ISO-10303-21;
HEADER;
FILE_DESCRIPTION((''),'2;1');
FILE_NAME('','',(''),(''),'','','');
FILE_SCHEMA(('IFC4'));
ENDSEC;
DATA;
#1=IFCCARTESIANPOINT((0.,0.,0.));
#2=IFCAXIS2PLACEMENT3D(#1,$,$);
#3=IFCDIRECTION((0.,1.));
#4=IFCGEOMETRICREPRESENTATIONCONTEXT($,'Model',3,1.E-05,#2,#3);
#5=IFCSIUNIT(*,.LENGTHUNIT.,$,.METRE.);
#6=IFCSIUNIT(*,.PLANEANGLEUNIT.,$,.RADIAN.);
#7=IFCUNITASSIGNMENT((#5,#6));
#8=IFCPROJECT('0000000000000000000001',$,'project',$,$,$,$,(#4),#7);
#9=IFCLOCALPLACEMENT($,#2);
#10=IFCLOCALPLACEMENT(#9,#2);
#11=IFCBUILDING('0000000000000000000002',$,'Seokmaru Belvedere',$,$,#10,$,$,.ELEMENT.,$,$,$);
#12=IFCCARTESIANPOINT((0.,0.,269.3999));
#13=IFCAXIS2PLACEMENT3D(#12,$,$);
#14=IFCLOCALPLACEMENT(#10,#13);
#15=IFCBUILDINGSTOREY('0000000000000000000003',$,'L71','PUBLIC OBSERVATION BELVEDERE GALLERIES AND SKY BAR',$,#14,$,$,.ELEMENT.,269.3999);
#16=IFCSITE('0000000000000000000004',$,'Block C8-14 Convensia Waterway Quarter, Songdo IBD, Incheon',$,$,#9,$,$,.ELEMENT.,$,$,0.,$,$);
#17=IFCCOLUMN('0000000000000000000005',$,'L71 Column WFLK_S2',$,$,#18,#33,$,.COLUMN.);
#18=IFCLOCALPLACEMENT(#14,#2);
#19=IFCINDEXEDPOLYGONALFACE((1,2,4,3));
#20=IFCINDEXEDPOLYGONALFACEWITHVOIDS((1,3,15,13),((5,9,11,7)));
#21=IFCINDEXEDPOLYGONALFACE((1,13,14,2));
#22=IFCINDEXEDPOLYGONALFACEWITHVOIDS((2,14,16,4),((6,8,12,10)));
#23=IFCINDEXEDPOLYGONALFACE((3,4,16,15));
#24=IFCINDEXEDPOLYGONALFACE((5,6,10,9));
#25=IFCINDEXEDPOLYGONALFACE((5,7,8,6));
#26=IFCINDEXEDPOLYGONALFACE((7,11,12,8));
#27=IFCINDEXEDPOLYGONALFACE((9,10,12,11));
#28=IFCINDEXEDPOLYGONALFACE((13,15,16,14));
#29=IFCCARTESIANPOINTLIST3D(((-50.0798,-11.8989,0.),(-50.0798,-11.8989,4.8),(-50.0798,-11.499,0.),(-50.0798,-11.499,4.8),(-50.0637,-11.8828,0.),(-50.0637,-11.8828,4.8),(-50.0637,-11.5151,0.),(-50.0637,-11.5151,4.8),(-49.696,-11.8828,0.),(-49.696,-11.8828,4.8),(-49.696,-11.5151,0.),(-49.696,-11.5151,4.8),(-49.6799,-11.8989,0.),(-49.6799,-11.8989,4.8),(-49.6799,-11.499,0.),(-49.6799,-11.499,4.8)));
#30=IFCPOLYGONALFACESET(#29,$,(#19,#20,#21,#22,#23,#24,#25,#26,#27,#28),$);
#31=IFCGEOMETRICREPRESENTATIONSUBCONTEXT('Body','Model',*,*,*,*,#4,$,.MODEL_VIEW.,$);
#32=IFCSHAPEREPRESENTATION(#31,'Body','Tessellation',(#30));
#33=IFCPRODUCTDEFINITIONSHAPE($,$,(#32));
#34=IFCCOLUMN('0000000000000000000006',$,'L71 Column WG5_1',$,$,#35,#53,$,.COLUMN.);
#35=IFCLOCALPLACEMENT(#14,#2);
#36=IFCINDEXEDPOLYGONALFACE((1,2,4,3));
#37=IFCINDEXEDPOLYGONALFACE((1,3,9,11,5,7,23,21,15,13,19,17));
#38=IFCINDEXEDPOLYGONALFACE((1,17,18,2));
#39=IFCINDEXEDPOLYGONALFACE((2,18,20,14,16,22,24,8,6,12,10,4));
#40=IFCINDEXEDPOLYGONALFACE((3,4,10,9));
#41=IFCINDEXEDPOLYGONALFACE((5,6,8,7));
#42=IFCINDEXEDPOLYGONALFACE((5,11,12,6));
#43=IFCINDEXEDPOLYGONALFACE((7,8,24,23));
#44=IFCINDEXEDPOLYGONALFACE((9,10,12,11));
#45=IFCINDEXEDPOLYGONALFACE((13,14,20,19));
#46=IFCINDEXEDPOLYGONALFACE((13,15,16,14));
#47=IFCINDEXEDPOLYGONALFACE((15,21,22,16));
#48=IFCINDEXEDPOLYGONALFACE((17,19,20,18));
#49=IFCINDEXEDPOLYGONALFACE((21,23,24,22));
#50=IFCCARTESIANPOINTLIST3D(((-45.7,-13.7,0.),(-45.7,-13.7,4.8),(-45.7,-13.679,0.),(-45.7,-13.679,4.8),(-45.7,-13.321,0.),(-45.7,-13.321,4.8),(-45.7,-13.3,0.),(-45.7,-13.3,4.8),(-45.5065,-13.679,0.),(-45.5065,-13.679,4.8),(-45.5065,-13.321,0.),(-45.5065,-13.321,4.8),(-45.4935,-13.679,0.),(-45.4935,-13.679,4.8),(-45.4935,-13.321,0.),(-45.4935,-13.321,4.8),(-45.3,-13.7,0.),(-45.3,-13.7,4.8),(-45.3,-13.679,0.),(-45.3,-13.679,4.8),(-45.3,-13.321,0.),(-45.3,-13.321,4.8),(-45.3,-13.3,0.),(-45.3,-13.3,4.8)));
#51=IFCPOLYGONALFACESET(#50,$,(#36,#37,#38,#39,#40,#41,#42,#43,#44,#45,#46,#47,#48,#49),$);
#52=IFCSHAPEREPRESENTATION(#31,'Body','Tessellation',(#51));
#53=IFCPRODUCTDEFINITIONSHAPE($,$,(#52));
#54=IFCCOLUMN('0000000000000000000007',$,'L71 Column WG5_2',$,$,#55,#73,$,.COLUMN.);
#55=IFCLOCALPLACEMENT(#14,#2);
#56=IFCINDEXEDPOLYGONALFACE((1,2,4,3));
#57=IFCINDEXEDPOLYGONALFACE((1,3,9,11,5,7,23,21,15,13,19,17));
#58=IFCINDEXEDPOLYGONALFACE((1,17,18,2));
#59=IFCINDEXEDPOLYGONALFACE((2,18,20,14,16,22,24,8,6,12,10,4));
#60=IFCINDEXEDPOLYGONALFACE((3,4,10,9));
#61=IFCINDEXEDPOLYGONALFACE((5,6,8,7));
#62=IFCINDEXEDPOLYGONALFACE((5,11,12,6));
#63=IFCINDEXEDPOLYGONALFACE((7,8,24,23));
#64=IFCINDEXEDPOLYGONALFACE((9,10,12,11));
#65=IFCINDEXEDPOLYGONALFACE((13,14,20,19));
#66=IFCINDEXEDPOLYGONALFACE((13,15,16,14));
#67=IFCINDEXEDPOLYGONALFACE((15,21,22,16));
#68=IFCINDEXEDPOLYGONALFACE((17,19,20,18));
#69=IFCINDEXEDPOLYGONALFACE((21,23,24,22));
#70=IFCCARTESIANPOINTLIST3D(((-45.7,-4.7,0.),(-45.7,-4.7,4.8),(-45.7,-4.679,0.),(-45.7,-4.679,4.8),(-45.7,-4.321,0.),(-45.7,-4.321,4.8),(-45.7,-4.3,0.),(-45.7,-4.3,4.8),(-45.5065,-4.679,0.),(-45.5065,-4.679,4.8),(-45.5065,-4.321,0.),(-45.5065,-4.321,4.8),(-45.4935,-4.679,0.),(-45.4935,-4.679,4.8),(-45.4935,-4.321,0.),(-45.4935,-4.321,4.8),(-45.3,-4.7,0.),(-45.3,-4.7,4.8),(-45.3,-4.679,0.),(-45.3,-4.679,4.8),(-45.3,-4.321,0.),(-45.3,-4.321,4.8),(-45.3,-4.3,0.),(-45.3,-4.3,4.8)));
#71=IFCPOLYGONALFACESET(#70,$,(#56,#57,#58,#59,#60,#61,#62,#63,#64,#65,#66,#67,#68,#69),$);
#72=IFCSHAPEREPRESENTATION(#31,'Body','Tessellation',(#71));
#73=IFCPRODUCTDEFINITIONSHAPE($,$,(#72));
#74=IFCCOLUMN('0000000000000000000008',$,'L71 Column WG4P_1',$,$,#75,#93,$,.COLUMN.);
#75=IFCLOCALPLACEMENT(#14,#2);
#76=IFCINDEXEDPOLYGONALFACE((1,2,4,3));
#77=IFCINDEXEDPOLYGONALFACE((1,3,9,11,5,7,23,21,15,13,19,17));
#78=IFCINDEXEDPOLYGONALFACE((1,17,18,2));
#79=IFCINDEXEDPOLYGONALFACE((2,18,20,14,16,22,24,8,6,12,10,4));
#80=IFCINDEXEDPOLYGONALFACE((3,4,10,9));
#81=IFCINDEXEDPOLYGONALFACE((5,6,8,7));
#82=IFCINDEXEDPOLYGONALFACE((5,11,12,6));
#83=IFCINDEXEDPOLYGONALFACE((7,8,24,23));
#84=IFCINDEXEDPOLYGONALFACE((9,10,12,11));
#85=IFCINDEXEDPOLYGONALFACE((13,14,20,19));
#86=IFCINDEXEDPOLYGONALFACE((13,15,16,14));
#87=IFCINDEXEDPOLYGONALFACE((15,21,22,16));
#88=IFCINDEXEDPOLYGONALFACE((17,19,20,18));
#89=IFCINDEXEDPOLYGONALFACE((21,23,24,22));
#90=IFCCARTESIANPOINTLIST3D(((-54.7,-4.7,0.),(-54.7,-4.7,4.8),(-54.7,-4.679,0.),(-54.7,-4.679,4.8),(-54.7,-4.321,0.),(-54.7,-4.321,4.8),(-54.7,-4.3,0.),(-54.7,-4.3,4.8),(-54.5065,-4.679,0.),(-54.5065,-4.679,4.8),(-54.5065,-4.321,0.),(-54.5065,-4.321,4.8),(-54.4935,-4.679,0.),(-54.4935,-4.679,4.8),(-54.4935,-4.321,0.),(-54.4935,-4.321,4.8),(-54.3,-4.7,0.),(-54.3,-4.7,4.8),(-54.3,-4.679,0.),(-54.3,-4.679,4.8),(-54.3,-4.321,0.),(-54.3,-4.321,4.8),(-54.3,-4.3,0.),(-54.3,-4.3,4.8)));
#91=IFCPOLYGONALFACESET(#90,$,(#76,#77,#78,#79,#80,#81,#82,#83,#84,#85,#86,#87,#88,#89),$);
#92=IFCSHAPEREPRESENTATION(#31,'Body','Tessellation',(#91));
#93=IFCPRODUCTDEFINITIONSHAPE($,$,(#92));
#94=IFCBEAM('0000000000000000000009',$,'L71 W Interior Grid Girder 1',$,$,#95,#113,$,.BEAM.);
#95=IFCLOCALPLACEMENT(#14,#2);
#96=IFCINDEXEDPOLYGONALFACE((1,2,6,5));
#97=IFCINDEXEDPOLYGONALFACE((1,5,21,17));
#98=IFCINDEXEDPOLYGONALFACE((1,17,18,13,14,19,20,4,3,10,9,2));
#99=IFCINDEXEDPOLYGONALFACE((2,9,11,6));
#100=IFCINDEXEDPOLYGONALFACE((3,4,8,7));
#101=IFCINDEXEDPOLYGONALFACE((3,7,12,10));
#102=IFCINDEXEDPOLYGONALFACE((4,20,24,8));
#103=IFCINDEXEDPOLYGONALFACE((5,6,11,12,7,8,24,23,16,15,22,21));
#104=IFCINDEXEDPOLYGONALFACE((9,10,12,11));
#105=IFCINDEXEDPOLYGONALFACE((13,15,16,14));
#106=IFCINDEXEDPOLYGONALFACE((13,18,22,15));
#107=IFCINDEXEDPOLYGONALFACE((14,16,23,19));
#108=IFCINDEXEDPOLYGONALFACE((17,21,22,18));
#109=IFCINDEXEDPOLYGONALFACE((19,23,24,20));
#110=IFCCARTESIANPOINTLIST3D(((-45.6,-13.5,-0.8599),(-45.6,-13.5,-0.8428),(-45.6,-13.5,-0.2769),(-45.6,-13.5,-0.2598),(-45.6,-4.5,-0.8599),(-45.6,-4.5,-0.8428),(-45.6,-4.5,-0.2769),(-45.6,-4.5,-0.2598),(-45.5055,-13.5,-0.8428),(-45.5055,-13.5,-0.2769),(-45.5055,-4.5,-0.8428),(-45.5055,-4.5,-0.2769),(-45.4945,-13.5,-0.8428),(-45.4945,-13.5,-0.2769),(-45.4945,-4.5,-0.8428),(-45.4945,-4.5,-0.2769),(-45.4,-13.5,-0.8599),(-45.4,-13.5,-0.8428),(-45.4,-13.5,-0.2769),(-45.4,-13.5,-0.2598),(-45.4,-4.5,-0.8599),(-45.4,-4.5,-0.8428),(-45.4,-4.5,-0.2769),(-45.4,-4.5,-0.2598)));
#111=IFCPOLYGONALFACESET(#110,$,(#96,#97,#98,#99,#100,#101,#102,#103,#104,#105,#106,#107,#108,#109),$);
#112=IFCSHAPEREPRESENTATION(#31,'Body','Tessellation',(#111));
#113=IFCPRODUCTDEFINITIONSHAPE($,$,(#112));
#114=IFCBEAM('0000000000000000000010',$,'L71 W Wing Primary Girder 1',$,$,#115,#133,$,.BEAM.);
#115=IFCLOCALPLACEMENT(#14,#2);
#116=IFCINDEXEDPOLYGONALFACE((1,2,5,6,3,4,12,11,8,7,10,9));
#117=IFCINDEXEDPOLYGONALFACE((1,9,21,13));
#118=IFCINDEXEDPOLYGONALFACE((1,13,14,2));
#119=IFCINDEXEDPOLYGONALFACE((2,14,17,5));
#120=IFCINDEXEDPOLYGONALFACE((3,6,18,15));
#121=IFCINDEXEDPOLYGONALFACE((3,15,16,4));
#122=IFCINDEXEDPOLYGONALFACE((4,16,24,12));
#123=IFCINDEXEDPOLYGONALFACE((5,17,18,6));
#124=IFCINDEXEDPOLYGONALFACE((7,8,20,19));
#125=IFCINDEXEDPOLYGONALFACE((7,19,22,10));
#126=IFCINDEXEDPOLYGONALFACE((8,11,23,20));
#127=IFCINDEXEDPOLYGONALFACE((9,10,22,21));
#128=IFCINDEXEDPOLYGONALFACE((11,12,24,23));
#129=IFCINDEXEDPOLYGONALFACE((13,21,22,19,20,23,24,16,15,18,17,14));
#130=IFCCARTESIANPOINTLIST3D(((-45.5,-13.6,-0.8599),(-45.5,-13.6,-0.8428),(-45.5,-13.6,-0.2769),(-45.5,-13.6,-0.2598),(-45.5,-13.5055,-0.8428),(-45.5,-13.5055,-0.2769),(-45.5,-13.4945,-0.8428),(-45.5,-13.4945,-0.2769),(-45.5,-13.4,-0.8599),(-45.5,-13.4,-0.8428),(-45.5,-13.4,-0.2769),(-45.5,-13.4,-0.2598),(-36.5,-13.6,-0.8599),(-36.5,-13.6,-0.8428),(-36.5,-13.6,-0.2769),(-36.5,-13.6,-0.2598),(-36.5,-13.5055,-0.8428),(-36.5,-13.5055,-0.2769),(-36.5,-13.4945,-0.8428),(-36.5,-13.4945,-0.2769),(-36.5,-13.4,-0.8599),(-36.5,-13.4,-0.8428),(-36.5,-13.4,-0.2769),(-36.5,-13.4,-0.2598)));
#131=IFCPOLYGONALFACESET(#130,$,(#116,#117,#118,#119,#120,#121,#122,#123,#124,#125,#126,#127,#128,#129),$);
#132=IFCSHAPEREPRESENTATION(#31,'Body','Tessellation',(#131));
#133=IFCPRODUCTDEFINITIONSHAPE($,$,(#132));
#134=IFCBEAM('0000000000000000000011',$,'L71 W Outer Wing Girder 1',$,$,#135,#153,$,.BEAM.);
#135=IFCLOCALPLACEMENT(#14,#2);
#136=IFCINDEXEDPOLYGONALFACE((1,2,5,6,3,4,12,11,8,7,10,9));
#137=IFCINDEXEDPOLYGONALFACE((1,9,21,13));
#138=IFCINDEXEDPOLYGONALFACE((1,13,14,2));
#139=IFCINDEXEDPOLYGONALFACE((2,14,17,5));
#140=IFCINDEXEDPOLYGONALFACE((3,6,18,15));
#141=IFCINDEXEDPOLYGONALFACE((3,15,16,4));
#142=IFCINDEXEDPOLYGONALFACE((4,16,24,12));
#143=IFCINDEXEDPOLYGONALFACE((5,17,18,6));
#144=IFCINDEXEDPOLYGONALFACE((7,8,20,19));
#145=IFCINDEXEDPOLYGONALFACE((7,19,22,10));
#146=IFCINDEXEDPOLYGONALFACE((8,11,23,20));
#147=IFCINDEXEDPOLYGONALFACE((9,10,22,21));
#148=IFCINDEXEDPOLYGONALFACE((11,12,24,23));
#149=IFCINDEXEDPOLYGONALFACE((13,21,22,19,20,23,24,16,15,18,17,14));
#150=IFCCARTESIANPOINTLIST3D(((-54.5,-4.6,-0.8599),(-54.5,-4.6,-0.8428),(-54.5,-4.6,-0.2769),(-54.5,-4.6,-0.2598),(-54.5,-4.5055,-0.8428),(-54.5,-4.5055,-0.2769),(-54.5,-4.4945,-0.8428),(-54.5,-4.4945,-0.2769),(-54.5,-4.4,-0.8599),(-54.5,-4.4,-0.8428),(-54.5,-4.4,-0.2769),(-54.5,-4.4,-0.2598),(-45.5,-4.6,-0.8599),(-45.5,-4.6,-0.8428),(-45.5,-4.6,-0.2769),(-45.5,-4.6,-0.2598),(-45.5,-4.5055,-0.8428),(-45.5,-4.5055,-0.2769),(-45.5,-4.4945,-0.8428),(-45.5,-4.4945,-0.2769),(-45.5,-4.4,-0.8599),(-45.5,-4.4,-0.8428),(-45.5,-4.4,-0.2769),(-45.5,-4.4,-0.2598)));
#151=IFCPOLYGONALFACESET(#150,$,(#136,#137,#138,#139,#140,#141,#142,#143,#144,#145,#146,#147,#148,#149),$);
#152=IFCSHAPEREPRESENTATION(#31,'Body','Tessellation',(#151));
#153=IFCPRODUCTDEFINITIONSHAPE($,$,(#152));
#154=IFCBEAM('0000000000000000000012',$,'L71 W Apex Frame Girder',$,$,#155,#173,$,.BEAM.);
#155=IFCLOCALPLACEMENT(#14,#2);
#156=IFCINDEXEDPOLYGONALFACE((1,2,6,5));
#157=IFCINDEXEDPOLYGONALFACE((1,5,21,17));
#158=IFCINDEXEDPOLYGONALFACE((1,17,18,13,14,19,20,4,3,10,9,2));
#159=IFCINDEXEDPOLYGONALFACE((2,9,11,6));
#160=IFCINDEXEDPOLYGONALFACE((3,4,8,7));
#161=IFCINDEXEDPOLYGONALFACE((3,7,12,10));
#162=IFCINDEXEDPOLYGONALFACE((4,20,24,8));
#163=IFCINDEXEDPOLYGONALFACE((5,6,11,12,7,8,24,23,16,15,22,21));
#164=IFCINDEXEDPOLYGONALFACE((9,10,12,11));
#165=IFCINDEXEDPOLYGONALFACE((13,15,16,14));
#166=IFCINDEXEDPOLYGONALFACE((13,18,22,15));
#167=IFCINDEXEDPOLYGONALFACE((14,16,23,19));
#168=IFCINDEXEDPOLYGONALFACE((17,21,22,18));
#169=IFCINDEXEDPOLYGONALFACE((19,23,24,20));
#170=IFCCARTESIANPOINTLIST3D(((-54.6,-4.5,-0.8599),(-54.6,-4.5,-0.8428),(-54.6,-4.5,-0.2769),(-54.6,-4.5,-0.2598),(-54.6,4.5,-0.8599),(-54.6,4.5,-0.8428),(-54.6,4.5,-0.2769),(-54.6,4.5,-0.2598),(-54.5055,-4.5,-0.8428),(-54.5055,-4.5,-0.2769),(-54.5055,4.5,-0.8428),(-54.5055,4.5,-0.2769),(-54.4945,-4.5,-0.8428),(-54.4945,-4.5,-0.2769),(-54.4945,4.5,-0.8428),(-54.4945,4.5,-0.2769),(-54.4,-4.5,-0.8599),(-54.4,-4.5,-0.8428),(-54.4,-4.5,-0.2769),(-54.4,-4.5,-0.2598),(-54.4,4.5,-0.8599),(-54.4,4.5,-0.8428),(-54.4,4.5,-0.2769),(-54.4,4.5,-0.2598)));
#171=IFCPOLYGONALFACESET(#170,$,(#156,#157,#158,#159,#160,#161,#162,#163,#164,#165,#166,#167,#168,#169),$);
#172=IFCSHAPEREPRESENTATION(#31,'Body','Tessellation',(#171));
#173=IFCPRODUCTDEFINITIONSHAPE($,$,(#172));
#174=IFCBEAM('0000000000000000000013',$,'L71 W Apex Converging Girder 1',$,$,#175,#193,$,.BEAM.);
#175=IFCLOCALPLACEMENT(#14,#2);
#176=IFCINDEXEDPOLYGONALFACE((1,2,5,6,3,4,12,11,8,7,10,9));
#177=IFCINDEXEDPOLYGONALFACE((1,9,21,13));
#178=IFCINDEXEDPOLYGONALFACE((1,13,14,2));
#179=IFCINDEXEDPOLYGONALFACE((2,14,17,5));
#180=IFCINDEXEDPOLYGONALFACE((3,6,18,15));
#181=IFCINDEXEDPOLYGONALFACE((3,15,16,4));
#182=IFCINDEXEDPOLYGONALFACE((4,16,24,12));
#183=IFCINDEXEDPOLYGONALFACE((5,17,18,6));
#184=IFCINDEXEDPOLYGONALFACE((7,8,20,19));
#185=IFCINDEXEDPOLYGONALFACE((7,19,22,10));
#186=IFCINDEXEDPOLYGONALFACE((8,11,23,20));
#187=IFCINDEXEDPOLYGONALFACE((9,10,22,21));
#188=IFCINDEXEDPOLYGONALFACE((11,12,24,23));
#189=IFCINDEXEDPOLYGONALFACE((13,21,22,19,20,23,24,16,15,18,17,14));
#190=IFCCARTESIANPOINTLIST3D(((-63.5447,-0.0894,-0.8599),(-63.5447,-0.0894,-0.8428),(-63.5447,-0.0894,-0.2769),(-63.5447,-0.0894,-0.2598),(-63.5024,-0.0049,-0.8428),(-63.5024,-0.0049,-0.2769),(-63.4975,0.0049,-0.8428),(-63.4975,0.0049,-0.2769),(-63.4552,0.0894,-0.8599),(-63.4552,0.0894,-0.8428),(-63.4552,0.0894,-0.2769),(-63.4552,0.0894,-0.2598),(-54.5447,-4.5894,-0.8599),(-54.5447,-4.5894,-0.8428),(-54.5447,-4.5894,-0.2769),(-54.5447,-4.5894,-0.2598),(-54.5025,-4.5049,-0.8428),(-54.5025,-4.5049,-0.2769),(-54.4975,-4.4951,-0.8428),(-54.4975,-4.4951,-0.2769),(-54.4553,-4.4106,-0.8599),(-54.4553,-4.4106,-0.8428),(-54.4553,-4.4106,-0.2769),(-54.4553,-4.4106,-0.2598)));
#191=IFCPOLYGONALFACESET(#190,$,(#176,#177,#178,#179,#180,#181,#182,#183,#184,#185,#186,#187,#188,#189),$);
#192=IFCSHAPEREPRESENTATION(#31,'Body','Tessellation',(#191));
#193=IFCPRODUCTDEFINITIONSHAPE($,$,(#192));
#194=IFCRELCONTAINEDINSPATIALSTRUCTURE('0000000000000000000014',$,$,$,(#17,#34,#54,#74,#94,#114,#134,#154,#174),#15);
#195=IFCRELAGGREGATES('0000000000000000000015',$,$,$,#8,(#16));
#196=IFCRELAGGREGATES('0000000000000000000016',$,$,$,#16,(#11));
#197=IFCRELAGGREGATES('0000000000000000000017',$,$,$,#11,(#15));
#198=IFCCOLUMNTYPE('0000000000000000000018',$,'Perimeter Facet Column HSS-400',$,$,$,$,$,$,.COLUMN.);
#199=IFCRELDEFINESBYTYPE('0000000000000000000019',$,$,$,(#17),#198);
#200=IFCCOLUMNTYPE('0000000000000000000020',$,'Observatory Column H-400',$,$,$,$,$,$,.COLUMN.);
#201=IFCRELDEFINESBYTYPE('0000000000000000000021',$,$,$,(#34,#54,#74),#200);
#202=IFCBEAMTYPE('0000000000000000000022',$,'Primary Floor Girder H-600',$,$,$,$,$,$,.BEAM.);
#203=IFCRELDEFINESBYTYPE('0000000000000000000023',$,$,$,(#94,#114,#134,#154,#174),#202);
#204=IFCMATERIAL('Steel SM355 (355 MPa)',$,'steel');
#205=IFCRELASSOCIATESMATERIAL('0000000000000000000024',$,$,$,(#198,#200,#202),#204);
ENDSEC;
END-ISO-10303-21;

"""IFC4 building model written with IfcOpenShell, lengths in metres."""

from ifc_helpers import new_model, si_unit, direction, frame, origin, origin_2d, place, context, subcontext, project, spatial, hollow_rectangle, i_section, extrude, source, transform, mapped, material, material_profile, profile_set, type_object, type_shapes, element, save


model = new_model("IFC4")

# Units and contexts
model_context = context("Model", 3, precision=1e-05, world=origin(), true_north=direction((0.0, 1.0)))
body_context = subcontext(model_context, "Body", "Model", "MODEL_VIEW")
ifc_project = project(units=[si_unit("LENGTHUNIT", "METRE"), si_unit("PLANEANGLEUNIT", "RADIAN")], contexts=[model_context])

# Site, building, storey
site_placement = place(None, origin())
site = spatial("IfcSite", under=ifc_project, at=site_placement, Name="Block C8-14 Convensia Waterway Quarter, Songdo IBD, Incheon", CompositionType="ELEMENT", RefElevation=0.0)
building_placement = place(site_placement, origin())
building = spatial("IfcBuilding", under=site, at=building_placement, Name="Seokmaru Belvedere", CompositionType="ELEMENT")
storey_placement = place(building_placement, frame((0.0, 0.0, 269.3999)))
storey = spatial("IfcBuildingStorey", under=building, at=storey_placement, Name="L71", Description="PUBLIC OBSERVATION BELVEDERE GALLERIES AND SKY BAR", CompositionType="ELEMENT", Elevation=269.3999)

# Columns
ifc_material_1 = material(Name="Steel SM355 (355 MPa)", Category="steel")
ifc_material_profile_1 = material_profile(ifc_material_1, hollow_rectangle(XDim=0.3999, YDim=0.3999, WallThickness=0.0161, at=origin_2d()), Name="HSS-400x400x16")
ifc_profile_set_1 = profile_set([ifc_material_profile_1], Name="Steel SM355 (355 MPa)")
column_type_1 = type_object("IfcColumnType", Name="Perimeter Facet Column HSS-400", PredefinedType="COLUMN", material=ifc_profile_set_1)
shared_shape_1 = source(origin(), body_context, "Body", "SweptSolid", [
    extrude(hollow_rectangle(XDim=0.3999, YDim=0.3999, WallThickness=0.0161, at=origin_2d()), origin(), (0.0, 0.0, 1.0), 4.8),
])
type_shapes(column_type_1, [shared_shape_1])
column_placement = place(storey_placement, frame((-49.8799, -11.699, 0.0), z_axis=(0.0, 0.0, 1.0), x_axis=(1.0, 0.0, 0.0)))
element("IfcColumn", 1, at=column_placement, inside=storey, type_object=column_type_1, Name="L71 Column WFLK_S2", PredefinedType="COLUMN", context=body_context, shape_type="MappedRepresentation", body=[
    mapped(shared_shape_1, transform((0.0, 0.0, 0.0), scale=1.0)),
])
ifc_material_profile_2 = material_profile(ifc_material_1, i_section(OverallWidth=0.3999, OverallDepth=0.3999, WebThickness=0.0129, FlangeThickness=0.021, at=origin_2d()), Name="H-400x400x13x21")
ifc_profile_set_2 = profile_set([ifc_material_profile_2], Name="Steel SM355 (355 MPa)")
column_type_2 = type_object("IfcColumnType", Name="Observatory Column H-400", PredefinedType="COLUMN", material=ifc_profile_set_2)
shared_shape_2 = source(origin(), body_context, "Body", "SweptSolid", [
    extrude(i_section(OverallWidth=0.3999, OverallDepth=0.3999, WebThickness=0.0129, FlangeThickness=0.021, at=origin_2d()), origin(), (0.0, 0.0, 1.0), 4.8),
])
type_shapes(column_type_2, [shared_shape_2])
for number, where, z_axis, x_axis, name in (
    (2, (-45.5, -13.5, 0.0), (0.0, 0.0, 1.0), (1.0, 0.0, 0.0), "L71 Column WG5_1"),
    (3, (-45.5, -4.5, 0.0), (0.0, 0.0, 1.0), (1.0, 0.0, 0.0), "L71 Column WG5_2"),
    (4, (-54.5, -4.5, 0.0), (0.0, 0.0, 1.0), (1.0, 0.0, 0.0), "L71 Column WG4P_1"),
):
    element("IfcColumn", number, at=place(storey_placement, frame(where, z_axis=z_axis, x_axis=x_axis)), inside=storey, type_object=column_type_2, Name=name, PredefinedType="COLUMN", context=body_context, shape_type="MappedRepresentation", body=[
        mapped(shared_shape_2, transform((0.0, 0.0, 0.0), scale=1.0)),
    ])

# Beams
ifc_material_profile_3 = material_profile(ifc_material_1, i_section(OverallWidth=0.2, OverallDepth=0.6001, WebThickness=0.011, FlangeThickness=0.0171, at=origin_2d()), Name="H-600x200x11x17")
ifc_profile_set_3 = profile_set([ifc_material_profile_3], Name="Steel SM355 (355 MPa)")
beam_type_1 = type_object("IfcBeamType", Name="Primary Floor Girder H-600", PredefinedType="BEAM", material=ifc_profile_set_3)
shared_shape_3 = source(origin(), body_context, "Body", "SweptSolid", [
    extrude(i_section(OverallWidth=0.2, OverallDepth=0.6001, WebThickness=0.011, FlangeThickness=0.0171, at=origin_2d()), origin(), (0.0, 0.0, 1.0), 9.0),
])
for number, where, z_axis, x_axis, name in (
    (5, (-45.5, -13.5, -0.5598), (0.0, 1.0, 0.0), (-1.0, 0.0, 0.0), "L71 W Interior Grid Girder 1"),
    (6, (-45.5, -13.5, -0.5598), (1.0, 0.0, 0.0), (0.0, 1.0, 0.0), "L71 W Wing Primary Girder 1"),
    (7, (-54.5, -4.5, -0.5598), (1.0, 0.0, 0.0), (0.0, 1.0, 0.0), "L71 W Outer Wing Girder 1"),
    (8, (-54.5, -4.5, -0.5598), (0.0, 1.0, 0.0), (-1.0, 0.0, 0.0), "L71 W Apex Frame Girder"),
):
    element("IfcBeam", number, at=place(storey_placement, frame(where, z_axis=z_axis, x_axis=x_axis)), inside=storey, type_object=beam_type_1, Name=name, PredefinedType="BEAM", context=body_context, shape_type="MappedRepresentation", body=[
        mapped(shared_shape_3, transform((0.0, 0.0, 0.0), scale=1.0)),
    ])
shared_shape_4 = source(origin(), body_context, "Body", "SweptSolid", [
    extrude(i_section(OverallWidth=0.2, OverallDepth=0.6001, WebThickness=0.011, FlangeThickness=0.0171, at=origin_2d()), origin(), (0.0, 0.0, 1.0), 10.0623),
])
beam_1_placement = place(storey_placement, frame((-54.5, -4.5, -0.5598), z_axis=(-0.894427, 0.447214, 0.0), x_axis=(-0.447214, -0.894427, 0.0)))
element("IfcBeam", 9, at=beam_1_placement, inside=storey, type_object=beam_type_1, Name="L71 W Apex Converging Girder 1", PredefinedType="BEAM", context=body_context, shape_type="MappedRepresentation", body=[
    mapped(shared_shape_4, transform((0.0, 0.0, 0.0), scale=1.0)),
])

save(model, "model.ifc")
